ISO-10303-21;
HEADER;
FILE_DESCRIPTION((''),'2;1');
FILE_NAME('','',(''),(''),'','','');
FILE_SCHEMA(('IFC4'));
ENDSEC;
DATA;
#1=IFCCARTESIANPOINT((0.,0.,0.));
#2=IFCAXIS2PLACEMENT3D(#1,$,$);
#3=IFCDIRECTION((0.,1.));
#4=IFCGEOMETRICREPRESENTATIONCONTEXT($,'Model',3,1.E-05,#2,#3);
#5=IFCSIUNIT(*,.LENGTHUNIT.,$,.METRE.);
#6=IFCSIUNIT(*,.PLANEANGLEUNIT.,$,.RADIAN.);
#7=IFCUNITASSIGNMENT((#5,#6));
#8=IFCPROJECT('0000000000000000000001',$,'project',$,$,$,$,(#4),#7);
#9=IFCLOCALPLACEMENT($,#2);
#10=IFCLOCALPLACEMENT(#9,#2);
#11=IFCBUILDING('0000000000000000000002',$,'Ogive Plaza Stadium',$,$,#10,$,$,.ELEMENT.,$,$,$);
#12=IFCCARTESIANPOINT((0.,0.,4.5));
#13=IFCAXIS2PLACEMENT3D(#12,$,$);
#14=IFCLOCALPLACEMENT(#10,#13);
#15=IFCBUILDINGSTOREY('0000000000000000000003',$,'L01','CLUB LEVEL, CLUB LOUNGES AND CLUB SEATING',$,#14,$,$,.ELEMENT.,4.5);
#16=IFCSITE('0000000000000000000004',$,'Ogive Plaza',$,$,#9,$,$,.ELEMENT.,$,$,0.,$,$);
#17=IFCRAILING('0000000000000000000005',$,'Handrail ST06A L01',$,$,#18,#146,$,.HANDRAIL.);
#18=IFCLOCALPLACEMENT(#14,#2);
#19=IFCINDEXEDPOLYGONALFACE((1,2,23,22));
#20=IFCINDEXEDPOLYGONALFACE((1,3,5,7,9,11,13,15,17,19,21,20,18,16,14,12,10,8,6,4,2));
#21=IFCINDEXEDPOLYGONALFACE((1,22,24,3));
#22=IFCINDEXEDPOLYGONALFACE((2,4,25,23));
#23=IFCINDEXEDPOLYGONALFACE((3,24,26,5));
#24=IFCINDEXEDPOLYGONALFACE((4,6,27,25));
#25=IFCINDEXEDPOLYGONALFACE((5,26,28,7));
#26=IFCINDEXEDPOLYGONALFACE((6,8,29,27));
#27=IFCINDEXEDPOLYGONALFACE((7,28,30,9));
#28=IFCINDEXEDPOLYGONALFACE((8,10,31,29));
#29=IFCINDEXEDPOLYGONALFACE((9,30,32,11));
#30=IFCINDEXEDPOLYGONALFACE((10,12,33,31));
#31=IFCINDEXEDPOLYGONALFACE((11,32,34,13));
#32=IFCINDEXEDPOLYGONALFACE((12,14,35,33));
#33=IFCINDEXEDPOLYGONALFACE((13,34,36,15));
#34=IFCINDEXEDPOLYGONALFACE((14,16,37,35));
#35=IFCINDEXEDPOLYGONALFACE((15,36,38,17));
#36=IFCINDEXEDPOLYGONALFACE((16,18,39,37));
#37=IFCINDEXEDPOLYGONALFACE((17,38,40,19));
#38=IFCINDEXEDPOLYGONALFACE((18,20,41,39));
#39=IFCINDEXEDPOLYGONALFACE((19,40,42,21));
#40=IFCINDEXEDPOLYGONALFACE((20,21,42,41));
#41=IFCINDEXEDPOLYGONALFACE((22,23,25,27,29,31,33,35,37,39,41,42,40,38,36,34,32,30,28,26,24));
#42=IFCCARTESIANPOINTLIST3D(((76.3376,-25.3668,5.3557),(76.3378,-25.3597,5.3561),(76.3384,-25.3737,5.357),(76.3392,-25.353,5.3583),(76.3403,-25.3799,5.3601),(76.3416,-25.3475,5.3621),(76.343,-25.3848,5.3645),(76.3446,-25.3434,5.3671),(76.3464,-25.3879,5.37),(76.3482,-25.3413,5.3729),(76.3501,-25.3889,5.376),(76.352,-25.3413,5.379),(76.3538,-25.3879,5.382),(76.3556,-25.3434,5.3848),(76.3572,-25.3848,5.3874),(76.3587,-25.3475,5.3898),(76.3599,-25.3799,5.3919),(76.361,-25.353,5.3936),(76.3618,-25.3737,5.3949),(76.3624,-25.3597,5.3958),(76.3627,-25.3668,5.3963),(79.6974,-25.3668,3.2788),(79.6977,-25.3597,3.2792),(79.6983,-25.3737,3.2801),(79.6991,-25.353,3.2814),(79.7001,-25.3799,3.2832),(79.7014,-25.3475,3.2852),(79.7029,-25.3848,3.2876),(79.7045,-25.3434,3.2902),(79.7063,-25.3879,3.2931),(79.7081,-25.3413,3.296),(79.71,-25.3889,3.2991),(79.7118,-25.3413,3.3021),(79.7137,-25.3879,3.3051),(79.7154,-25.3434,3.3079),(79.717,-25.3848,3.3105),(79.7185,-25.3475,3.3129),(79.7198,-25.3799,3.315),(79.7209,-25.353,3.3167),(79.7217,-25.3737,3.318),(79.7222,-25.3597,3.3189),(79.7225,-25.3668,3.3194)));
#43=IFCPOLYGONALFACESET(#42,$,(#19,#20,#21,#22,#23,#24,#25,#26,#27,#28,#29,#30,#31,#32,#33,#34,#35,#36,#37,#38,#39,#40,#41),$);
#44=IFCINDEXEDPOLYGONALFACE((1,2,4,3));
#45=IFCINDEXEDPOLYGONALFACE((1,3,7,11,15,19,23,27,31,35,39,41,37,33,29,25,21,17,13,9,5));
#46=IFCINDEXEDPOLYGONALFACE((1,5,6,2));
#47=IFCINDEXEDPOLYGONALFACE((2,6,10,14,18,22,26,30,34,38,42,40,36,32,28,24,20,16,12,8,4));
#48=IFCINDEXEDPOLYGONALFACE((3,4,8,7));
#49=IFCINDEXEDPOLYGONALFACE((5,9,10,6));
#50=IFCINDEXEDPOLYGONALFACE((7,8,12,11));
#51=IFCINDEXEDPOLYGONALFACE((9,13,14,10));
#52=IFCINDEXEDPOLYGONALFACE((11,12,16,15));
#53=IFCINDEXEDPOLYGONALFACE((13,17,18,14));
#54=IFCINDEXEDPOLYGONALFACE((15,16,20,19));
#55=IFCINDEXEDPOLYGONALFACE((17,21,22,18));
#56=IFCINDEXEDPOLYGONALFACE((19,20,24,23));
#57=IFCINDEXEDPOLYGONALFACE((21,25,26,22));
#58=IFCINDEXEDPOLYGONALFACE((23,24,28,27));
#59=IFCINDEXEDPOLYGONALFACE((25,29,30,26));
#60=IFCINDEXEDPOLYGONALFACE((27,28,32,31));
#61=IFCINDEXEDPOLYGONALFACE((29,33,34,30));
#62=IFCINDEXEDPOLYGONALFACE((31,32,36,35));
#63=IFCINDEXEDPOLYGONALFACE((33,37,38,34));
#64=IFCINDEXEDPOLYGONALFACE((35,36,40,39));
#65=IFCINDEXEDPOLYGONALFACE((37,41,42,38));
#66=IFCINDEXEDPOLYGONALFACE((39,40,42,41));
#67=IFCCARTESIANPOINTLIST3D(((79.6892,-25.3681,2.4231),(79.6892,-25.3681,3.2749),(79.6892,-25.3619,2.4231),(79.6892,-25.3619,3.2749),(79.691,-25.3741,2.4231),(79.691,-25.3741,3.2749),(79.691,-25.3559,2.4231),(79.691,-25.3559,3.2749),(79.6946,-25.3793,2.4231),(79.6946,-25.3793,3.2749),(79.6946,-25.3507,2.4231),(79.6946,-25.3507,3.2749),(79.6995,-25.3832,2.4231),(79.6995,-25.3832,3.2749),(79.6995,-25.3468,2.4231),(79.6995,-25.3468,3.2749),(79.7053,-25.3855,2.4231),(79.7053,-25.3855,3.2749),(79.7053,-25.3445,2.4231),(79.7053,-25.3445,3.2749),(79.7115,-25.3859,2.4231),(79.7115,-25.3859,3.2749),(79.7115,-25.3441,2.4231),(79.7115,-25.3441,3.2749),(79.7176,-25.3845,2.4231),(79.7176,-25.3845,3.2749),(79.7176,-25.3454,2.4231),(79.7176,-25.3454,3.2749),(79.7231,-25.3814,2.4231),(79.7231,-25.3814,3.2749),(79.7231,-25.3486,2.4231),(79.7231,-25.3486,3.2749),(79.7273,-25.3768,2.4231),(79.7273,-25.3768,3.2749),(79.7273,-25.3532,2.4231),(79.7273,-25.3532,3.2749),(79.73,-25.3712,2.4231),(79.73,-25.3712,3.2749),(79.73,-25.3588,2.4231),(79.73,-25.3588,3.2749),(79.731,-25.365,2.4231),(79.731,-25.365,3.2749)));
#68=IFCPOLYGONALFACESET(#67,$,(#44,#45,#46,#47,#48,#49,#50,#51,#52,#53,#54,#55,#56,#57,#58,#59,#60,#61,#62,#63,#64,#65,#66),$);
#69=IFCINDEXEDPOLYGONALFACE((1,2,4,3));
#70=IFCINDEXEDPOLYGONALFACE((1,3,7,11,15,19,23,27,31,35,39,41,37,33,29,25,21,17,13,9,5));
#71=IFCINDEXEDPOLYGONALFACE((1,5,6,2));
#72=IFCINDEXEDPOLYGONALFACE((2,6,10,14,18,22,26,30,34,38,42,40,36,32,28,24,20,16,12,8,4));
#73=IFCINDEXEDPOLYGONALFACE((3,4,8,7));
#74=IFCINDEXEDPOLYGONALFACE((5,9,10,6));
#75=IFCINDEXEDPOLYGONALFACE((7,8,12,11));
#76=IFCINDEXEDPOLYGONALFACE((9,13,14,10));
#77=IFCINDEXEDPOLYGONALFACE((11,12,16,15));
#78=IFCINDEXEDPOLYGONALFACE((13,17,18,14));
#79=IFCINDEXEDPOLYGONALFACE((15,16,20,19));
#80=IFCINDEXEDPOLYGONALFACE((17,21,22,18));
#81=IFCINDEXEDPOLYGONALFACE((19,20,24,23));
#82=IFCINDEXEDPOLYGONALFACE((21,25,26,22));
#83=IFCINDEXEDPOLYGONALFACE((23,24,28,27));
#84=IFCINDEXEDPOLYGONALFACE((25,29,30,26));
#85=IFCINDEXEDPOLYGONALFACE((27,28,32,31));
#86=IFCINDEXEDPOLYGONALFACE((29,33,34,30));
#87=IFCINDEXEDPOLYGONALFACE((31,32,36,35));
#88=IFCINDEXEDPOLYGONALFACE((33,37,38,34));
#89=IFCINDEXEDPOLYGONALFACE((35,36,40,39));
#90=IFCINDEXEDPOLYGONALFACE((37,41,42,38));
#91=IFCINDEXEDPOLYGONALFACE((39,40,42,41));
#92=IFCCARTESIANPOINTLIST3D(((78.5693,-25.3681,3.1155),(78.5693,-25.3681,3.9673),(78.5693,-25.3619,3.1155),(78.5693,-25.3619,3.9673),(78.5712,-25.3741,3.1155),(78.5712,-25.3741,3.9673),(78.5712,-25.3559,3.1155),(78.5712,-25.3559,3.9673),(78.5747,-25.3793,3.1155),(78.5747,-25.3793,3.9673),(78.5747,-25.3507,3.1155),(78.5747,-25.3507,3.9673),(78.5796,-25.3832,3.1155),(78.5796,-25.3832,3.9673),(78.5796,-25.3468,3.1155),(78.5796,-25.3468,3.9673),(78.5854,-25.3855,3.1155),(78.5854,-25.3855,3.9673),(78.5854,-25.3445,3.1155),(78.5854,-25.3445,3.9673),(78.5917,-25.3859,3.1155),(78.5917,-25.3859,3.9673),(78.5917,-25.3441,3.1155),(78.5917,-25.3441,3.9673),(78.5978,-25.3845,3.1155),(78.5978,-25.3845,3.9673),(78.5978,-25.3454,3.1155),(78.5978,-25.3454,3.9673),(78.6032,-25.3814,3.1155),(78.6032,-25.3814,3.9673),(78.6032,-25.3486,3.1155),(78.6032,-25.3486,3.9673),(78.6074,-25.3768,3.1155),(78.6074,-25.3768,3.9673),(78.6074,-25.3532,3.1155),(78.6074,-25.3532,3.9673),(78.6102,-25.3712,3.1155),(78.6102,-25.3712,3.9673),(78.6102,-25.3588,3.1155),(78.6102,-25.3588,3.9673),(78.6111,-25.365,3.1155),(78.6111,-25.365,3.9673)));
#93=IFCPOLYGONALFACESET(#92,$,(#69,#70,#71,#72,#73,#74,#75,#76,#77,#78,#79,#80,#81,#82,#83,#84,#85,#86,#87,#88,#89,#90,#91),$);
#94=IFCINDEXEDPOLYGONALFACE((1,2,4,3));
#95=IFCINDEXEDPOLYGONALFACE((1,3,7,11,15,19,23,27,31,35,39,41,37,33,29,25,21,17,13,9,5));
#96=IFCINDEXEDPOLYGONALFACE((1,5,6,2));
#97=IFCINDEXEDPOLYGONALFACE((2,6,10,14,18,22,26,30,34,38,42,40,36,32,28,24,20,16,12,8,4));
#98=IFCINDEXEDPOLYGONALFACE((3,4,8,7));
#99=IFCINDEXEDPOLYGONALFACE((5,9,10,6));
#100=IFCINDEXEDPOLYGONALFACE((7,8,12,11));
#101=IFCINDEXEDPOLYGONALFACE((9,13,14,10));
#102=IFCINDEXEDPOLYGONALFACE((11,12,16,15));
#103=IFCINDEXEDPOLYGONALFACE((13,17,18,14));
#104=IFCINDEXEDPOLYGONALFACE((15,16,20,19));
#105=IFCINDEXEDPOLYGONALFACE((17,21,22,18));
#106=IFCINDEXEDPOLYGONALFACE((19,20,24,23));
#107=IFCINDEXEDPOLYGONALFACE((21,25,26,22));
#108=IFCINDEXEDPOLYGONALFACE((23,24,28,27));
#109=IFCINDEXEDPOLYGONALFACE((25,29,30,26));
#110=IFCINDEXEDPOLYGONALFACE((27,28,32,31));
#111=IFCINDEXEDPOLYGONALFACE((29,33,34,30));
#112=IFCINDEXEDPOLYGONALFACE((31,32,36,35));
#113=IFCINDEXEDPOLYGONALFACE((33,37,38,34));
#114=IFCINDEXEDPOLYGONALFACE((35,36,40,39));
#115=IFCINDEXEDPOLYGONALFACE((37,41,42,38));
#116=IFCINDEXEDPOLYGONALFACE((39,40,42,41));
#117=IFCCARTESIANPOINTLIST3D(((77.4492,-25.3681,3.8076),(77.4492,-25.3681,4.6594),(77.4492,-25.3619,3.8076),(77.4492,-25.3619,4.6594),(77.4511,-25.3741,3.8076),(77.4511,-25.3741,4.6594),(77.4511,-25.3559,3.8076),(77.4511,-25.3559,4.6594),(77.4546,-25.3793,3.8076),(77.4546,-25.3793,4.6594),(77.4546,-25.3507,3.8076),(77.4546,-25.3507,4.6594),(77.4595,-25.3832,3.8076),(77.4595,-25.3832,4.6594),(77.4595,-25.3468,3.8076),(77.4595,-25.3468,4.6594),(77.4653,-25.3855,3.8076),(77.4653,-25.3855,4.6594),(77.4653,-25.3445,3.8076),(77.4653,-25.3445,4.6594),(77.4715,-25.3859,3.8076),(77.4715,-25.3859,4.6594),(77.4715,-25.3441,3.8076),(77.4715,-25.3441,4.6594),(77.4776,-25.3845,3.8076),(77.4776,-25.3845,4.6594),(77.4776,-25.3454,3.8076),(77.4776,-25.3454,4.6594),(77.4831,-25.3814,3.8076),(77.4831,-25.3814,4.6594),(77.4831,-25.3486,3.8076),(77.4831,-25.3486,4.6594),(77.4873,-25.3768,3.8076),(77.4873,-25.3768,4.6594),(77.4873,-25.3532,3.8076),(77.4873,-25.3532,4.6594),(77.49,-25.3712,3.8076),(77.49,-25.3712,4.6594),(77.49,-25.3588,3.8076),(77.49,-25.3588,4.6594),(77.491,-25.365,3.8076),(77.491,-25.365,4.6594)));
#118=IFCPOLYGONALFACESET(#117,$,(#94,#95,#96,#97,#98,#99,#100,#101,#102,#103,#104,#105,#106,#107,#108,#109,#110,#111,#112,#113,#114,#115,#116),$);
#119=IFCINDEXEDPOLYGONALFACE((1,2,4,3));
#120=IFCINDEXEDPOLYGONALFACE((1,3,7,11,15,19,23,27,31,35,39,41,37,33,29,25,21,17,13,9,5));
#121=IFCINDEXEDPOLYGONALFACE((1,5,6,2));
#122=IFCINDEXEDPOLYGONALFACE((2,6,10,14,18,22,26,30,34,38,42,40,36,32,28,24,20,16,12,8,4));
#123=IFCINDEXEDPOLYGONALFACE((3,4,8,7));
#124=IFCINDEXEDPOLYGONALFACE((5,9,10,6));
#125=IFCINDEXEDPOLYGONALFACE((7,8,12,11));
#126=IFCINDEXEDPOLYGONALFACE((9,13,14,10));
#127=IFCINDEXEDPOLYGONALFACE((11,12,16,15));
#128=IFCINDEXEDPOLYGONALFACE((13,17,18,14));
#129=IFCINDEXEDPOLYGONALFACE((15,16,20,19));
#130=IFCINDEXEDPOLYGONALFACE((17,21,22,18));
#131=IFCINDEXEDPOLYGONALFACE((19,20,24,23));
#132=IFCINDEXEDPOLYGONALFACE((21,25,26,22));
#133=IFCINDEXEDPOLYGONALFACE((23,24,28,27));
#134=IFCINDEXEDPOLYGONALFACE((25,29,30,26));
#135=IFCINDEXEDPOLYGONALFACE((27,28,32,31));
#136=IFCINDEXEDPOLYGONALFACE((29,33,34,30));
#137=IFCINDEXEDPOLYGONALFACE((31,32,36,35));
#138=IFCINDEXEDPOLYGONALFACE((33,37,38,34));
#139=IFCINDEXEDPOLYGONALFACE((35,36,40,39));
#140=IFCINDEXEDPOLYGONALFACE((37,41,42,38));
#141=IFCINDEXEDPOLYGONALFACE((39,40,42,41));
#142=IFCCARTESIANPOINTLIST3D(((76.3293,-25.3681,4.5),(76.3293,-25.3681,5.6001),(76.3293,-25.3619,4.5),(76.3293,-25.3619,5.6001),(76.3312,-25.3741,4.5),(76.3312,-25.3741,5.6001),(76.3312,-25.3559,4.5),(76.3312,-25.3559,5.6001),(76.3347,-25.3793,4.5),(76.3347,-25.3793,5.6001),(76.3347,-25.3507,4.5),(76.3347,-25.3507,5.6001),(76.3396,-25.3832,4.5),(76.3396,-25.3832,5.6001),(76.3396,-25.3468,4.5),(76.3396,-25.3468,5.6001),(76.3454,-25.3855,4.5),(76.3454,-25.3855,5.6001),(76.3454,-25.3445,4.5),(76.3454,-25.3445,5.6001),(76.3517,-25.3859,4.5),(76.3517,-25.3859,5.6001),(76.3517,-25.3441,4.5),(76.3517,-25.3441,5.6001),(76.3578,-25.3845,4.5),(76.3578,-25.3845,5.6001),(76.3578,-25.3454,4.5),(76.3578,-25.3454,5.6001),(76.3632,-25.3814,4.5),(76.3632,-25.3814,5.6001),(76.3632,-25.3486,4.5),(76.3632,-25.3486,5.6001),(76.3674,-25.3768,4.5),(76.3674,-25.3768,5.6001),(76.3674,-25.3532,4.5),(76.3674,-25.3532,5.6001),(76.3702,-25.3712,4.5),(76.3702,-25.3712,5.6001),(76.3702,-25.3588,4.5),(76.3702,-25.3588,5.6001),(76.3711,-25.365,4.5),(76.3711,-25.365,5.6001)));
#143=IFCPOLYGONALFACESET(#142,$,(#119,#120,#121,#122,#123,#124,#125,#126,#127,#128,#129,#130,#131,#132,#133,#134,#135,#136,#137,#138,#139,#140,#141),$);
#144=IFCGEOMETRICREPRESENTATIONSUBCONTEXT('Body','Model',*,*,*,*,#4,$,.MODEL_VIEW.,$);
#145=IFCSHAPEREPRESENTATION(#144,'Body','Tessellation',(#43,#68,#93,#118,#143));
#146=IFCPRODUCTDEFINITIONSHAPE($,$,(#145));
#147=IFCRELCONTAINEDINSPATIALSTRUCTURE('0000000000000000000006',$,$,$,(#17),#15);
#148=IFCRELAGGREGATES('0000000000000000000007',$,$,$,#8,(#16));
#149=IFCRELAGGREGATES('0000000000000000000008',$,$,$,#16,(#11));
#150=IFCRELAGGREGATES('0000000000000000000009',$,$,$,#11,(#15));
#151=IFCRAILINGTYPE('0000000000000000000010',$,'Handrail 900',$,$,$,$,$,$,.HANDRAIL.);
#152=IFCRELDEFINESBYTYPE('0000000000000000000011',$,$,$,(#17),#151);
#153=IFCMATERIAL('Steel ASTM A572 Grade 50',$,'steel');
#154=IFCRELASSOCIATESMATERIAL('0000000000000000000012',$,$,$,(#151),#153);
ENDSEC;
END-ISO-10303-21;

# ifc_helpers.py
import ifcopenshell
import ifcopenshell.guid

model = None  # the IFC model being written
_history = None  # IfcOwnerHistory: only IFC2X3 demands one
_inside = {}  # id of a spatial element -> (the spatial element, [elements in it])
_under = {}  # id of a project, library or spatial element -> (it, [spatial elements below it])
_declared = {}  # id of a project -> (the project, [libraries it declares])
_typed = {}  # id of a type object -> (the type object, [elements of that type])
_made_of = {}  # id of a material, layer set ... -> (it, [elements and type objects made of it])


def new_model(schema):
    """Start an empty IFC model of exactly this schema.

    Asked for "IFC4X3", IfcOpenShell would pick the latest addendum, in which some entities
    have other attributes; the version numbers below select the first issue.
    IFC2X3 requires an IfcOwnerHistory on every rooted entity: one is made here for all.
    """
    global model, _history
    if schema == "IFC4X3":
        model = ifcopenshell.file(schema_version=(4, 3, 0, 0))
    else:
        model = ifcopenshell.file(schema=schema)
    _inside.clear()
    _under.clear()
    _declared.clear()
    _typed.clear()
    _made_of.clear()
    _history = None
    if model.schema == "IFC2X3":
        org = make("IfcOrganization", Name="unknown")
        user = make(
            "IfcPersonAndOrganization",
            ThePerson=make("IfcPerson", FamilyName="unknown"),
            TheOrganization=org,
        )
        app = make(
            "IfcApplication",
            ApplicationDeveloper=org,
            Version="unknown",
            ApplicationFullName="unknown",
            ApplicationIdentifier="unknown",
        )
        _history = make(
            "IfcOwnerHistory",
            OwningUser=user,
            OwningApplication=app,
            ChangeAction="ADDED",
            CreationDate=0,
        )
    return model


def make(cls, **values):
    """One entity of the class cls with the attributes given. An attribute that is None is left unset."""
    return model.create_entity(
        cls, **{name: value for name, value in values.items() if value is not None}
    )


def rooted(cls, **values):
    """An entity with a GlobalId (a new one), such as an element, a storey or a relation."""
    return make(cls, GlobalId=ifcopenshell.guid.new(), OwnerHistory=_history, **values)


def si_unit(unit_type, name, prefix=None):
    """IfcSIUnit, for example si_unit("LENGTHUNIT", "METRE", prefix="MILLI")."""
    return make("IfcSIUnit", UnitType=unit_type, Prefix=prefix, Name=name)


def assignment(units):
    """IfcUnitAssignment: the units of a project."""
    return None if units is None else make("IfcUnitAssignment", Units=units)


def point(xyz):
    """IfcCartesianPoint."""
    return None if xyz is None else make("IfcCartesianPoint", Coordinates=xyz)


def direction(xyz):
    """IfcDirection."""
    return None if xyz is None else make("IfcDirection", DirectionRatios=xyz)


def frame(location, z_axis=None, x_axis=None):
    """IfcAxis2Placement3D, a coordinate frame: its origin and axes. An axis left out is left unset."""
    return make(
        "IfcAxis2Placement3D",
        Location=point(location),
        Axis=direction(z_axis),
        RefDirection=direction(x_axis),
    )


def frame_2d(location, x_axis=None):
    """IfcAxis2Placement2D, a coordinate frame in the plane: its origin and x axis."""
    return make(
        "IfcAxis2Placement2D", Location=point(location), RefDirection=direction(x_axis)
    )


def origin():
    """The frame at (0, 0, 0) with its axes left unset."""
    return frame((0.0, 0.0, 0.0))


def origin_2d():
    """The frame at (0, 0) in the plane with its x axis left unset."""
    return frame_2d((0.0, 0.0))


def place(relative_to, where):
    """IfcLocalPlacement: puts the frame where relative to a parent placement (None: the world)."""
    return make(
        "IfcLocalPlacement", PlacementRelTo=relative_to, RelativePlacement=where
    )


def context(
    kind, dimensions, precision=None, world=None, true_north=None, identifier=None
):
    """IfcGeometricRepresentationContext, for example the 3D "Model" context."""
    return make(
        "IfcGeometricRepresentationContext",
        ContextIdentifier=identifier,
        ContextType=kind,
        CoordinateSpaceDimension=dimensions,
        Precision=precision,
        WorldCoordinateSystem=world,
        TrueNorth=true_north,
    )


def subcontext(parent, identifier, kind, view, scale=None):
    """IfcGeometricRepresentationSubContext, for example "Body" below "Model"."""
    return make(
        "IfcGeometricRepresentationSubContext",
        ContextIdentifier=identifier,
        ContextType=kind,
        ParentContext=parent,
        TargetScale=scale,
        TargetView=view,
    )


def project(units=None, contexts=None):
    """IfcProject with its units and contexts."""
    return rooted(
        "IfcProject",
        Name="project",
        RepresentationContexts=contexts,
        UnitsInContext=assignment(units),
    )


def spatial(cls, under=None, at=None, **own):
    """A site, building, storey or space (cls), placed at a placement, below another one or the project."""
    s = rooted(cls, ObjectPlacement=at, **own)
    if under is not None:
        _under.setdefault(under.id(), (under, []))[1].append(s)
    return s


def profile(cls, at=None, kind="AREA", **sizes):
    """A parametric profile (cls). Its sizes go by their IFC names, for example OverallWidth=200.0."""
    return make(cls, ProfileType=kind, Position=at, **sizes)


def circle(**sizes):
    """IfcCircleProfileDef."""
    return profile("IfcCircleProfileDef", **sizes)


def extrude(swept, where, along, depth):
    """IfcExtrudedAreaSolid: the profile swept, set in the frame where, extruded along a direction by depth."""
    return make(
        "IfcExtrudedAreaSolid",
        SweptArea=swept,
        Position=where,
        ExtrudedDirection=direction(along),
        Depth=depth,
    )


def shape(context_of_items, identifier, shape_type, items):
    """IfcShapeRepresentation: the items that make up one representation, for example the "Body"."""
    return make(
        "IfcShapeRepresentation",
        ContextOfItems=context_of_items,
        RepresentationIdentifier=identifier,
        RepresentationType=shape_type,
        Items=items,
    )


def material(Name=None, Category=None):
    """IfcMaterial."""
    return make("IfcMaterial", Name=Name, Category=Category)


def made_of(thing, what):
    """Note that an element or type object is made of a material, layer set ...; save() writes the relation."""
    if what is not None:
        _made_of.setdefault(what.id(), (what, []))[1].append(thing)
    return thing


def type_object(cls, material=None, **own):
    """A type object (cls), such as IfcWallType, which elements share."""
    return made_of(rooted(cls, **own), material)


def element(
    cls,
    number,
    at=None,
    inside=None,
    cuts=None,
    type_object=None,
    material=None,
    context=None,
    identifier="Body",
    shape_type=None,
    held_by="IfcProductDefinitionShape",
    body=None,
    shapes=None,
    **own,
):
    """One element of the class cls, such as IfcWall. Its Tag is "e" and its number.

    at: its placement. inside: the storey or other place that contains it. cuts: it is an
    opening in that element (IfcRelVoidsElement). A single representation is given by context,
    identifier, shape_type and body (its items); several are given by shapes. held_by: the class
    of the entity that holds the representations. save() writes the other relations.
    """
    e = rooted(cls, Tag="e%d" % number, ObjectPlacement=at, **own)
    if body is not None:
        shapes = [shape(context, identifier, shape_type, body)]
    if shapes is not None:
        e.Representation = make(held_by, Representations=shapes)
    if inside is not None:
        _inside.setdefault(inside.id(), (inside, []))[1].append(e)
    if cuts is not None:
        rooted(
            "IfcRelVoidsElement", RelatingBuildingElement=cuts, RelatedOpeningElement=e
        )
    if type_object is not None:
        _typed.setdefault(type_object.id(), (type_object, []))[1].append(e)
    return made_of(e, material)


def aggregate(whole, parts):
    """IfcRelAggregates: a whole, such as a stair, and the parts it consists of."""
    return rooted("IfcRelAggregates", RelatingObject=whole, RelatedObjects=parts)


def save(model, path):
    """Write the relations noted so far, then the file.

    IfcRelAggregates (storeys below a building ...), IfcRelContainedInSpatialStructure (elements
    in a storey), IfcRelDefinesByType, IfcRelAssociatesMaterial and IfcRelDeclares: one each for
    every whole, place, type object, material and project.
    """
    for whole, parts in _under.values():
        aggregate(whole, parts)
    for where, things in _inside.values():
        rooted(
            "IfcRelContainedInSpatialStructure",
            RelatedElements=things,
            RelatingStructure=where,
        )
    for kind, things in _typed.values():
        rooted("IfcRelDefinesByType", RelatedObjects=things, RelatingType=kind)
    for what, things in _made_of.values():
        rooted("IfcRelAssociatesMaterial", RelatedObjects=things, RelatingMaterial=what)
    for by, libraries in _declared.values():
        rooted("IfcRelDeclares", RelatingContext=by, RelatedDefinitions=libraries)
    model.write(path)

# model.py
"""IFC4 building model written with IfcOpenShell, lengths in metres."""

from ifc_helpers import new_model, si_unit, direction, frame, origin, origin_2d, place, context, subcontext, project, spatial, circle, extrude, material, type_object, element, save


model = new_model("IFC4")

# Units and contexts
model_context = context("Model", 3, precision=1e-05, world=origin(), true_north=direction((0.0, 1.0)))
body_context = subcontext(model_context, "Body", "Model", "MODEL_VIEW")
ifc_project = project(units=[si_unit("LENGTHUNIT", "METRE"), si_unit("PLANEANGLEUNIT", "RADIAN")], contexts=[model_context])

# Site, building, storey
site_placement = place(None, origin())
site = spatial("IfcSite", under=ifc_project, at=site_placement, Name="Ogive Plaza", CompositionType="ELEMENT", RefElevation=0.0)
building_placement = place(site_placement, origin())
building = spatial("IfcBuilding", under=site, at=building_placement, Name="Ogive Plaza Stadium", CompositionType="ELEMENT")
storey_placement = place(building_placement, frame((0.0, 0.0, 4.5)))
storey = spatial("IfcBuildingStorey", under=building, at=storey_placement, Name="L01", Description="CLUB LEVEL, CLUB LOUNGES AND CLUB SEATING", CompositionType="ELEMENT", Elevation=4.5)

# Railing
ifc_material_1 = material(Name="Steel ASTM A572 Grade 50", Category="steel")
railing_type_1 = type_object("IfcRailingType", Name="Handrail 900", PredefinedType="HANDRAIL", material=ifc_material_1)
for number, where, name in (
    (1, (79.71, -25.365, 2.4231), "Handrail ST06A L01"),
):
    element("IfcRailing", number, at=place(storey_placement, frame(where)), inside=storey, type_object=railing_type_1, Name=name, PredefinedType="HANDRAIL", context=body_context, shape_type="SweptSolid", body=[
        extrude(circle(Radius=0.0239, at=origin_2d()), frame((0.0, 0.0, 0.876), z_axis=(-0.850606, 0.0, 0.525803), x_axis=(0.0, -1.0, 0.0)), (0.0, 0.0, 1.0), 3.95),
        extrude(circle(Radius=0.021, at=origin_2d()), origin(), (0.0, 0.0, 1.0), 0.8518),
        extrude(circle(Radius=0.021, at=origin_2d()), frame((-1.1199, 0.0, 0.6924)), (0.0, 0.0, 1.0), 0.8518),
        extrude(circle(Radius=0.021, at=origin_2d()), frame((-2.24, 0.0, 1.3845)), (0.0, 0.0, 1.0), 0.8518),
        extrude(circle(Radius=0.021, at=origin_2d()), frame((-3.3599, 0.0, 2.0769)), (0.0, 0.0, 1.0), 1.1001),
    ])

save(model, "model.ifc")
